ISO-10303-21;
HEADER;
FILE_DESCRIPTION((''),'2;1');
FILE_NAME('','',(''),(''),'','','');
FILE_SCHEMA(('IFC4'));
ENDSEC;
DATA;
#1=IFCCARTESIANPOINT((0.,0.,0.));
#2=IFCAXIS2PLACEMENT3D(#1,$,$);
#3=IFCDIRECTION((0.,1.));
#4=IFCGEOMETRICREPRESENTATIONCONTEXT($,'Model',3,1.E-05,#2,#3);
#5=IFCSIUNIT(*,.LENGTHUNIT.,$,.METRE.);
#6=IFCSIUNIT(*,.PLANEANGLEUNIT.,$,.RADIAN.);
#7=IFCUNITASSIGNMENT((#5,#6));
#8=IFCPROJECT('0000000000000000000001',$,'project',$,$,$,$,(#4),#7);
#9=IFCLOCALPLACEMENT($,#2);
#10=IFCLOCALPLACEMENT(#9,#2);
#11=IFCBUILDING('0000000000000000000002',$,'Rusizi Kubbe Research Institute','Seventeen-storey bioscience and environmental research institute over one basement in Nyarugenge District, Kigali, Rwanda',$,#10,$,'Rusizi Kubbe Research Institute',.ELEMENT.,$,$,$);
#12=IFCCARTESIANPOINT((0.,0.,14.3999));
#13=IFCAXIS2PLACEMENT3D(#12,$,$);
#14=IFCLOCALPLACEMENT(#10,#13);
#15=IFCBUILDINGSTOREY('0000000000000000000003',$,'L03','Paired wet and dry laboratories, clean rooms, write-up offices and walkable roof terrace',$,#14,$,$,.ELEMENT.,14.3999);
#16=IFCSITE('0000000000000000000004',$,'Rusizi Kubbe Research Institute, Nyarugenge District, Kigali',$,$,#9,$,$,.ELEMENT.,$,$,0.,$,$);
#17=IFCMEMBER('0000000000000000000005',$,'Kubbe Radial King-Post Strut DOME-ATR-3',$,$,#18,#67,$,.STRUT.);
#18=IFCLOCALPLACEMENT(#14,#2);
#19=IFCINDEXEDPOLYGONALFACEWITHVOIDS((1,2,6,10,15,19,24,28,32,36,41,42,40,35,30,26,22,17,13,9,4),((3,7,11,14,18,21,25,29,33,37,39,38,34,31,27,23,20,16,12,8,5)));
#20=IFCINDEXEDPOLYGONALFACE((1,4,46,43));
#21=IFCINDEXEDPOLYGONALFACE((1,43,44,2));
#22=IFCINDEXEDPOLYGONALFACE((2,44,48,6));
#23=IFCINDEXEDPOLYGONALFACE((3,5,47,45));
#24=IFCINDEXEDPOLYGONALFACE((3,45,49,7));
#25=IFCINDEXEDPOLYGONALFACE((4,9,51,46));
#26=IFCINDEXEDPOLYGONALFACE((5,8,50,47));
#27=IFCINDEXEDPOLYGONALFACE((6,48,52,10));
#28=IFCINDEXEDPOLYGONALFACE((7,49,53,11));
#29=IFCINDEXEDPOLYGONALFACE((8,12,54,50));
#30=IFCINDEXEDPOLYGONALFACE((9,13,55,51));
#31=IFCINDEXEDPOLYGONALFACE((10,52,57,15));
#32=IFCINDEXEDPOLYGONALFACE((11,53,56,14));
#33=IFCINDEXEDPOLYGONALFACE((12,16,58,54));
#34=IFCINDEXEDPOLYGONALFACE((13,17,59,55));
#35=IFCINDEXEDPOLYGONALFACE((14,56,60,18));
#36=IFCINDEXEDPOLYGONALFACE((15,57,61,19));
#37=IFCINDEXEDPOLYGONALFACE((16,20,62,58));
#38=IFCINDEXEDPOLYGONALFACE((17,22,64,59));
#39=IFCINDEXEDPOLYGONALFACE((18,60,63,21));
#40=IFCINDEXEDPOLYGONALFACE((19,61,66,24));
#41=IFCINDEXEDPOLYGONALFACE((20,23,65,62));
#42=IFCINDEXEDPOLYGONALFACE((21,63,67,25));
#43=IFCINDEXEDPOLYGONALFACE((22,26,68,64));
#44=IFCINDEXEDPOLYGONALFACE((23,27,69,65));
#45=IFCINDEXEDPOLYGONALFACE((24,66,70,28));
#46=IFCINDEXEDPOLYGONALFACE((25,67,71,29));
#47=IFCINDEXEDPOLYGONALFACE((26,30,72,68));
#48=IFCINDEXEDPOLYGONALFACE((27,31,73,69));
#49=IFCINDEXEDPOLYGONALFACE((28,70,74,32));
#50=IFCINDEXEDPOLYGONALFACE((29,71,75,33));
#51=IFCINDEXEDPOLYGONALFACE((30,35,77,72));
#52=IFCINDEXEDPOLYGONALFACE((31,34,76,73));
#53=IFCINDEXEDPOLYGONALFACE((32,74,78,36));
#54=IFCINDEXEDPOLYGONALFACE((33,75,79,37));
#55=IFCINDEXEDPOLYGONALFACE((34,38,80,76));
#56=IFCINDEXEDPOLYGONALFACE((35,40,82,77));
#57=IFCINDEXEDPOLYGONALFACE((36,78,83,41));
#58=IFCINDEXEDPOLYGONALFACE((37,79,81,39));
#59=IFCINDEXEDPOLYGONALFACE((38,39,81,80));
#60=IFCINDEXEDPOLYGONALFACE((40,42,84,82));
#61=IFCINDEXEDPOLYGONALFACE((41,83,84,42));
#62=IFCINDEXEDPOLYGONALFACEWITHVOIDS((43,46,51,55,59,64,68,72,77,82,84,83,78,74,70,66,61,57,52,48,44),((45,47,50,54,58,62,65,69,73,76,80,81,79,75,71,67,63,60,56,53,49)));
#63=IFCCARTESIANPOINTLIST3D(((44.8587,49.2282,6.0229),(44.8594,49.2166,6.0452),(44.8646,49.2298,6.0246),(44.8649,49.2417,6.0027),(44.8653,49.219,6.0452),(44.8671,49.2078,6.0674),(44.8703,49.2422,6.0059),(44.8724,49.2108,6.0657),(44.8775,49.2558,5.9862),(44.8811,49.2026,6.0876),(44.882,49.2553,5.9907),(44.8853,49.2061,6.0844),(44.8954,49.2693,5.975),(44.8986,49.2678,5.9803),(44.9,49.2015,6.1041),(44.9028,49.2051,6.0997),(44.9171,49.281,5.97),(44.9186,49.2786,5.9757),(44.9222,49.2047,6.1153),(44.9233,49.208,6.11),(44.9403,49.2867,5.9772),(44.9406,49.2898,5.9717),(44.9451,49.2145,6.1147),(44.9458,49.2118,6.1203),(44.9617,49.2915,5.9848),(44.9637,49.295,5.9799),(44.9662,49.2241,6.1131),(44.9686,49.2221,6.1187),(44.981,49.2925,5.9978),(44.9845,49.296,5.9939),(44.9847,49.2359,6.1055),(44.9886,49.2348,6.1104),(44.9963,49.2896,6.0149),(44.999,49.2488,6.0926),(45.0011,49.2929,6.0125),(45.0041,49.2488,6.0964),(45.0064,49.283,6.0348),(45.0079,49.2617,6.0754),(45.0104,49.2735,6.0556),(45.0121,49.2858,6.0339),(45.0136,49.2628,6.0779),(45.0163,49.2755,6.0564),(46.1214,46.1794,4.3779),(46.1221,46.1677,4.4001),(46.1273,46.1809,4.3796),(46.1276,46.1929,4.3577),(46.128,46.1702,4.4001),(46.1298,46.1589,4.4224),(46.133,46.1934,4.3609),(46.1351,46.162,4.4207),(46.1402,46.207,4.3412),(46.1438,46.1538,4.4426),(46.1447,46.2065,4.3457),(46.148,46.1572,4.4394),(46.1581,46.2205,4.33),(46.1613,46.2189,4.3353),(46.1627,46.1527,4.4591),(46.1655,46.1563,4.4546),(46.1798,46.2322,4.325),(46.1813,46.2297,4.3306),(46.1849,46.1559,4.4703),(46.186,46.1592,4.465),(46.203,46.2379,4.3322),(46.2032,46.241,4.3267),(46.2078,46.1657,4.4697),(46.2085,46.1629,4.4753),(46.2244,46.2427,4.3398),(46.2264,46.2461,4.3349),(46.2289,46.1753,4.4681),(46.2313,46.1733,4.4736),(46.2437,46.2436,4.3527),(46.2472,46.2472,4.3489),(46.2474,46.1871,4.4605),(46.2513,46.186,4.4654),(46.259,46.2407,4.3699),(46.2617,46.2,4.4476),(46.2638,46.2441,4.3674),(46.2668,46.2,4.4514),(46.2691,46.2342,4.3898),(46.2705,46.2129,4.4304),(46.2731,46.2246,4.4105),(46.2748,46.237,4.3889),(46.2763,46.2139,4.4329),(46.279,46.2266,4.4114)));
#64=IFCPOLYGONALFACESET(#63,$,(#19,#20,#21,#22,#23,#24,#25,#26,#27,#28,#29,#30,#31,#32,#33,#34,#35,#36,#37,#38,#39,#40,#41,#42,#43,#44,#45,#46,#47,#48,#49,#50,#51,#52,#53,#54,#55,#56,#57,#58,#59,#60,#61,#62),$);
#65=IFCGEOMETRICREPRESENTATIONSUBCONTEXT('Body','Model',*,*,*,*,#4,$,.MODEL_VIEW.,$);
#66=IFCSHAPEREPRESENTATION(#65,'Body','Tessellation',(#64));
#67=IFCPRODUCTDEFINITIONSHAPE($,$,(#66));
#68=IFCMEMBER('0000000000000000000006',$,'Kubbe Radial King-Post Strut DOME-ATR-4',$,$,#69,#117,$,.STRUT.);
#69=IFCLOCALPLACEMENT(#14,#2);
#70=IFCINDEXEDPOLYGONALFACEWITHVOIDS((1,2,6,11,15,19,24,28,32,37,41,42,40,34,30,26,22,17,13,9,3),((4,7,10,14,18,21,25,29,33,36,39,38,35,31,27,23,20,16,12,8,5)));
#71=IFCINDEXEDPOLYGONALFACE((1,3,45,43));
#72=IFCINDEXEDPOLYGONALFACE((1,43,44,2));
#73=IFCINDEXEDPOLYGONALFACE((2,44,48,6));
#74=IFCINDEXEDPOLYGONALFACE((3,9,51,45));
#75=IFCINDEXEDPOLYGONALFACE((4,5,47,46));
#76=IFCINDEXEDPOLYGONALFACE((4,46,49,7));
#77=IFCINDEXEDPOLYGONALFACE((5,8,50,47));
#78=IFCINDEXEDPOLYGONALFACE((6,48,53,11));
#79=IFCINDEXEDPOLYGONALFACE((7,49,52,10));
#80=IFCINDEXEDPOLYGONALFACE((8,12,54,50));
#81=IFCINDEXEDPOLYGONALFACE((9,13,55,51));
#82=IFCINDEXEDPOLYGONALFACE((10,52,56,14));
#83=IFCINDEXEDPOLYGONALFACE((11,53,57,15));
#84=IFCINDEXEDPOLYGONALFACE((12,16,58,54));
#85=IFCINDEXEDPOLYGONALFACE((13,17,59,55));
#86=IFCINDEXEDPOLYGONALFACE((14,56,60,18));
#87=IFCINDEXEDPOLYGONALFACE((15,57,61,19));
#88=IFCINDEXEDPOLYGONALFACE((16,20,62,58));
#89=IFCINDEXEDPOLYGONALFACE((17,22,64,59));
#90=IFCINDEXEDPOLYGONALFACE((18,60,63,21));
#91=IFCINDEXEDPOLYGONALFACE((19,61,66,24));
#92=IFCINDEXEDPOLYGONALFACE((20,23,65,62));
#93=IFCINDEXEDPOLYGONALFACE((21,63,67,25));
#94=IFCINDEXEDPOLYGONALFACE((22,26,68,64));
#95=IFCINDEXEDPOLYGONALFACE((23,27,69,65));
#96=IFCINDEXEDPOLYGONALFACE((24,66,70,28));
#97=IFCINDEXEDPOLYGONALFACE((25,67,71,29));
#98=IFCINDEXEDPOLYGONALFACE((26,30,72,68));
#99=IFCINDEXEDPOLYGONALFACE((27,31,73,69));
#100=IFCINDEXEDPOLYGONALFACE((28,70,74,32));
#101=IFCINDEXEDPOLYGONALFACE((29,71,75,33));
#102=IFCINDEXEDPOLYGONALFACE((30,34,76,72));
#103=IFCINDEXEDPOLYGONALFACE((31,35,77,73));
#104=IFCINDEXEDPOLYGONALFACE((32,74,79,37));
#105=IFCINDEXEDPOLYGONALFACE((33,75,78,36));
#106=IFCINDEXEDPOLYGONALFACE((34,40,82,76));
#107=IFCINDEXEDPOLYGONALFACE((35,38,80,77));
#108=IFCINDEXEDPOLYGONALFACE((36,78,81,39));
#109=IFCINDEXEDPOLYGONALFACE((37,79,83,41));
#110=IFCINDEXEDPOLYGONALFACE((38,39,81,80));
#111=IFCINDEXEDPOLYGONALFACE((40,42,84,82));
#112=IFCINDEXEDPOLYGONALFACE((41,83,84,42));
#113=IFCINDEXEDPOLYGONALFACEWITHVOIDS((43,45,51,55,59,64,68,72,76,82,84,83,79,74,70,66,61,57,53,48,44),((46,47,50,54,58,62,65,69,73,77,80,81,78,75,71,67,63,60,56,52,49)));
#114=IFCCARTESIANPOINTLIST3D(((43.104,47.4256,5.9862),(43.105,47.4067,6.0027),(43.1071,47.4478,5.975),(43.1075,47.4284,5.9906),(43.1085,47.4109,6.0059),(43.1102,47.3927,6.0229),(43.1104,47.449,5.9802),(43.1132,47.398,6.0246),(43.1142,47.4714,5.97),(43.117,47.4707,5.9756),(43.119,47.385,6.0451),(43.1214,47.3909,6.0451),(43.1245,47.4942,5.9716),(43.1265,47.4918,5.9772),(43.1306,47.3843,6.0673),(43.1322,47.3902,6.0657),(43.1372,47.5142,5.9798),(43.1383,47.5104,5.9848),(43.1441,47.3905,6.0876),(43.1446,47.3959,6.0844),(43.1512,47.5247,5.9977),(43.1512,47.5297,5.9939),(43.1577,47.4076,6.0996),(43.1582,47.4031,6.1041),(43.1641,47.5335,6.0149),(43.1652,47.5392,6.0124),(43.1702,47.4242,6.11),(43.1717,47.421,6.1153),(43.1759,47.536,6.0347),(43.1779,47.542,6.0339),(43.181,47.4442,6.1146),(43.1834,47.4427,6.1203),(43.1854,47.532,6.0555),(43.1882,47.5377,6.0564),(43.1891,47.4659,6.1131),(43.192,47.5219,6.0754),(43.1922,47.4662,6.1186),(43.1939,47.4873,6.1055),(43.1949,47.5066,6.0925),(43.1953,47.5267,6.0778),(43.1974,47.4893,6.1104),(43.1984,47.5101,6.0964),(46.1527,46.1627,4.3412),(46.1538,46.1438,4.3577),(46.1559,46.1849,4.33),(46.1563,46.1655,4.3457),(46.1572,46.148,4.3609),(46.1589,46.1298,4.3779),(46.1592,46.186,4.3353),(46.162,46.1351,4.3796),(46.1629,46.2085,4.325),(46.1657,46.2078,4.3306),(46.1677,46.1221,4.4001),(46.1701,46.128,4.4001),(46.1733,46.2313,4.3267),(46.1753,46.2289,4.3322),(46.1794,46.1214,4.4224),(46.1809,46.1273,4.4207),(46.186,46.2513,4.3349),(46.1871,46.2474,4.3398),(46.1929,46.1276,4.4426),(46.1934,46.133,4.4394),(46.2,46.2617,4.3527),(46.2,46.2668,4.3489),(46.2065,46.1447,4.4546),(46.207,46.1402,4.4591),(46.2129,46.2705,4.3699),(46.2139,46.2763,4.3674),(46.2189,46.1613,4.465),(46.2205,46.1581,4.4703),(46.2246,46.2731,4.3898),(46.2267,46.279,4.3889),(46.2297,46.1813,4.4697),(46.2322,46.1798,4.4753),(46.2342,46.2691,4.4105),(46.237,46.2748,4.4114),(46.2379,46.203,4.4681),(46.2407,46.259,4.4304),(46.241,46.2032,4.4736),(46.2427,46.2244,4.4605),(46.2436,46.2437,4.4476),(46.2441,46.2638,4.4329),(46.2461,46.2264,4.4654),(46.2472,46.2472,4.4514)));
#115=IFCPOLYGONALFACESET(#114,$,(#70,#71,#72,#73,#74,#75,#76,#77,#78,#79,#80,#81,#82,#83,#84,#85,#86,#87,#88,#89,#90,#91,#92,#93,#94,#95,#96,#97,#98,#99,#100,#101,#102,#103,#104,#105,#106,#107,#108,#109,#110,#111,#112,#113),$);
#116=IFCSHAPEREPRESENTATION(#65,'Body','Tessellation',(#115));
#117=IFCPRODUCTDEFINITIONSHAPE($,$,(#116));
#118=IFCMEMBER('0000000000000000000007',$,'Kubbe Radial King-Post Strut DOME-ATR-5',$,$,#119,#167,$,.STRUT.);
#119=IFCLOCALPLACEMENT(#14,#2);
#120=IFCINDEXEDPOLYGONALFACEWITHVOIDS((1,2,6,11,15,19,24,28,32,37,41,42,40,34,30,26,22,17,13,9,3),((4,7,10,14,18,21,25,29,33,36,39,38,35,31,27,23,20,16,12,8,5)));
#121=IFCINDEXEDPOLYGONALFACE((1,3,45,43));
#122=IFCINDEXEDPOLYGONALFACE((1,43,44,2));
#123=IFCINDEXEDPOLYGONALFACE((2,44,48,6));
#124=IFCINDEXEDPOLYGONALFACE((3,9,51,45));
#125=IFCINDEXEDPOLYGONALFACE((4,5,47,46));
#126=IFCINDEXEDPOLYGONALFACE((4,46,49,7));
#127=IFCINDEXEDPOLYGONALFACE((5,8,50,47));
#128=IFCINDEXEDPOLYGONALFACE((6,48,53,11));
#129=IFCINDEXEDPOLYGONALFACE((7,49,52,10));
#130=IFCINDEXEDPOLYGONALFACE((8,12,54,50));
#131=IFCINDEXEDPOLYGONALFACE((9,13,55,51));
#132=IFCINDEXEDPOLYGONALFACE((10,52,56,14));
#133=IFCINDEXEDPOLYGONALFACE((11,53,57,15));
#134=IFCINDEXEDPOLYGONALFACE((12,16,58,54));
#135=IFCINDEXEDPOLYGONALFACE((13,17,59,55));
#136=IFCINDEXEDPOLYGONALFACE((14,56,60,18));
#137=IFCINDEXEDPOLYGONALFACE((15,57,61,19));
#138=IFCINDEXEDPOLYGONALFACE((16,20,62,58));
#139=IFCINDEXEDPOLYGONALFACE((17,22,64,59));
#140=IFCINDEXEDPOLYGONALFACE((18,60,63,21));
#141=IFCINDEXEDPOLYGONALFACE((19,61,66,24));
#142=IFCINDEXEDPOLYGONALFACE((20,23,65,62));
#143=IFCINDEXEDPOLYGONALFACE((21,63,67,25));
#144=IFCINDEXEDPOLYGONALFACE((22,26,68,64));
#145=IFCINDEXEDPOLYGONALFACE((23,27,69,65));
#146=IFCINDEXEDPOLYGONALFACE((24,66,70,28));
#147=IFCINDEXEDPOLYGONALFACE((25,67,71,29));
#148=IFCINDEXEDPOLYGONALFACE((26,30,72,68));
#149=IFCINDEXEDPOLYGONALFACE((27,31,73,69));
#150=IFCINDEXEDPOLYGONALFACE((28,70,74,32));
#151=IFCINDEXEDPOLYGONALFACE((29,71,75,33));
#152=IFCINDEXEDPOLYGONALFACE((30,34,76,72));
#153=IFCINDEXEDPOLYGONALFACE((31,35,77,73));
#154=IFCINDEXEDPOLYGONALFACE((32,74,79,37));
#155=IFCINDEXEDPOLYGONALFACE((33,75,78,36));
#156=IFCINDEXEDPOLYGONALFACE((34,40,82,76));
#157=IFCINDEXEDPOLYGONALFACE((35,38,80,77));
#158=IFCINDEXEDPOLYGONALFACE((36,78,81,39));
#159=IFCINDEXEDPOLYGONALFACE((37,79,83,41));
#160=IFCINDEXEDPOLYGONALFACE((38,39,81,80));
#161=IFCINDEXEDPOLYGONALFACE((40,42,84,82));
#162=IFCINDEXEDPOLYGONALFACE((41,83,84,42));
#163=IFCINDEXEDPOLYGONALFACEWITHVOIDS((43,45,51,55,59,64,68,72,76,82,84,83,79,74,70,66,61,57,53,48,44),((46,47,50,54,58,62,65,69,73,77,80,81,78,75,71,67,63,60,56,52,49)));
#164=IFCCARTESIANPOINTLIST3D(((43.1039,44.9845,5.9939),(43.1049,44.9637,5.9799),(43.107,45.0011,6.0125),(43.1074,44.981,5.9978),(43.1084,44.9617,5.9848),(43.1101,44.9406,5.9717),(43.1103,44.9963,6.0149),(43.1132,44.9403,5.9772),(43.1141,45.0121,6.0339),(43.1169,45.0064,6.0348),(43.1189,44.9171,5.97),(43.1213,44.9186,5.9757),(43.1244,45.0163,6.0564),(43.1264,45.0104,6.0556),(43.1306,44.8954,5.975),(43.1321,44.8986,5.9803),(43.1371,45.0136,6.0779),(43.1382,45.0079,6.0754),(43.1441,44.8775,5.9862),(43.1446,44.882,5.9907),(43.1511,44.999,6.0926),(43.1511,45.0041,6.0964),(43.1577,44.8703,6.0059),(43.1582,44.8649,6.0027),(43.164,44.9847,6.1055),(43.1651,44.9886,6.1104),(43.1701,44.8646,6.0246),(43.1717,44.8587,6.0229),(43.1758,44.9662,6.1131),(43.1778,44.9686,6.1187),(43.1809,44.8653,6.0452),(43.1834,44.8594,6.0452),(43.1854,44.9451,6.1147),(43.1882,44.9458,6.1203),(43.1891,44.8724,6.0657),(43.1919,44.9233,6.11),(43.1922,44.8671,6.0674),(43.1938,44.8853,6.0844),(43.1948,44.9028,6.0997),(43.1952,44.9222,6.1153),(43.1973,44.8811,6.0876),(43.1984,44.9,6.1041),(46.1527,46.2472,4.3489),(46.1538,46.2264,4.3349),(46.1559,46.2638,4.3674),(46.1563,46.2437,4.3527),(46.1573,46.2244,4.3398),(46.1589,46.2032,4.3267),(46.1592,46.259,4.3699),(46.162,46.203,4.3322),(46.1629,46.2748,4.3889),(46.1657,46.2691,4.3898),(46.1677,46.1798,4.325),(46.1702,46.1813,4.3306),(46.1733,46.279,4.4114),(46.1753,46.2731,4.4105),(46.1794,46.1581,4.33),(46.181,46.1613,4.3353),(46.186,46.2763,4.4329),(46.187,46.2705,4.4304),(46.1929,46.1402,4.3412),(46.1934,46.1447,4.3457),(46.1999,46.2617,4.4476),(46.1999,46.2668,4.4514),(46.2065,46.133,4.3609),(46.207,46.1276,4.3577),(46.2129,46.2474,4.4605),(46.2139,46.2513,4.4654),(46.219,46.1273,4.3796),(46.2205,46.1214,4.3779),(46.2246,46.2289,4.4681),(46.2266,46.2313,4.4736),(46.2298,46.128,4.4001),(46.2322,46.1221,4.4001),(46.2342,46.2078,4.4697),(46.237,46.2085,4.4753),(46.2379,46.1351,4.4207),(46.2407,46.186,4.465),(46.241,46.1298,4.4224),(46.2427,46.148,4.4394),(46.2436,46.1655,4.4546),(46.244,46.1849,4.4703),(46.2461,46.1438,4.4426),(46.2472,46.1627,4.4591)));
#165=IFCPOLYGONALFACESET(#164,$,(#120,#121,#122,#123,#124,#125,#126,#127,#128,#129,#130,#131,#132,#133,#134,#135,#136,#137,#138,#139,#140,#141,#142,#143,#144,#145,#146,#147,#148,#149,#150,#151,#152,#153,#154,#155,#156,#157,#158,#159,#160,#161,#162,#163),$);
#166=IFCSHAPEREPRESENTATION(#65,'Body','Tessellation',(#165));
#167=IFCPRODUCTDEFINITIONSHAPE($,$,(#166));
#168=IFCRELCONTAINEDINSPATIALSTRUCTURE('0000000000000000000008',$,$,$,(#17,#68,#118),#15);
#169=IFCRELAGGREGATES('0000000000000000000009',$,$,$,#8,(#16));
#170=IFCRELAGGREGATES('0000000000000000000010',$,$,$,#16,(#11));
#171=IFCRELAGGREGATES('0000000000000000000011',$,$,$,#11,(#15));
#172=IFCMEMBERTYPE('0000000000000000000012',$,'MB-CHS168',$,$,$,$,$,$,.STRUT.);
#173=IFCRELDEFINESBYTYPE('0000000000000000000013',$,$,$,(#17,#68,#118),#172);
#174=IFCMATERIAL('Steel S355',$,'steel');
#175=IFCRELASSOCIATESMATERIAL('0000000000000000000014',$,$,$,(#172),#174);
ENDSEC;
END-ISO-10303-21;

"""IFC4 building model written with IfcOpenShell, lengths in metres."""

from ifc_helpers import new_model, si_unit, direction, frame, origin, origin_2d, place, context, subcontext, project, spatial, hollow_circle, extrude, material, material_profile, profile_set, type_object, element, save


model = new_model("IFC4")

# Units and contexts
model_context = context("Model", 3, precision=1e-05, world=origin(), true_north=direction((0.0, 1.0)))
body_context = subcontext(model_context, "Body", "Model", "MODEL_VIEW")
ifc_project = project(units=[si_unit("LENGTHUNIT", "METRE"), si_unit("PLANEANGLEUNIT", "RADIAN")], contexts=[model_context])

# Site, building, storey
site_placement = place(None, origin())
site = spatial("IfcSite", under=ifc_project, at=site_placement, Name="Rusizi Kubbe Research Institute, Nyarugenge District, Kigali", CompositionType="ELEMENT", RefElevation=0.0)
building_placement = place(site_placement, origin())
building = spatial("IfcBuilding", under=site, at=building_placement, Name="Rusizi Kubbe Research Institute", Description="Seventeen-storey bioscience and environmental research institute over one basement in Nyarugenge District, Kigali, Rwanda", LongName="Rusizi Kubbe Research Institute", CompositionType="ELEMENT")
storey_placement = place(building_placement, frame((0.0, 0.0, 14.3999)))
storey = spatial("IfcBuildingStorey", under=building, at=storey_placement, Name="L03", Description="Paired wet and dry laboratories, clean rooms, write-up offices and walkable roof terrace", CompositionType="ELEMENT", Elevation=14.3999)

# Members
ifc_material_1 = material(Name="Steel S355", Category="steel")
ifc_material_profile_1 = material_profile(ifc_material_1, hollow_circle(Radius=0.0842, WallThickness=0.0063, at=origin_2d()), Name="CHS 168.3x6.3")
ifc_profile_set_1 = profile_set([ifc_material_profile_1], Name="Steel S355")
member_type_1 = type_object("IfcMemberType", Name="MB-CHS168", PredefinedType="STRUT", material=ifc_profile_set_1)
for number, where, z_axis, x_axis, name in (
    (1, (46.2, 46.2, 4.4001), (-0.342449, 0.826856, 0.446137), (-0.923898, -0.382639, 0.0), "Kubbe Radial King-Post Strut DOME-ATR-3"),
    (2, (46.2, 46.2, 4.4001), (-0.826837, 0.342507, 0.446127), (-0.382702, -0.923872, 0.0), "Kubbe Radial King-Post Strut DOME-ATR-4"),
    (3, (46.2, 46.2, 4.4001), (-0.826856, -0.342449, 0.446137), (0.382639, -0.923898, 0.0), "Kubbe Radial King-Post Strut DOME-ATR-5"),
):
    element("IfcMember", number, at=place(storey_placement, frame(where, z_axis=z_axis, x_axis=x_axis)), inside=storey, type_object=member_type_1, Name=name, PredefinedType="STRUT", context=body_context, shape_type="SweptSolid", body=[
        extrude(hollow_circle(Radius=0.0842, WallThickness=0.0063, at=origin_2d()), origin(), (0.0, 0.0, 1.0), 3.6873),
    ])

save(model, "model.ifc")
